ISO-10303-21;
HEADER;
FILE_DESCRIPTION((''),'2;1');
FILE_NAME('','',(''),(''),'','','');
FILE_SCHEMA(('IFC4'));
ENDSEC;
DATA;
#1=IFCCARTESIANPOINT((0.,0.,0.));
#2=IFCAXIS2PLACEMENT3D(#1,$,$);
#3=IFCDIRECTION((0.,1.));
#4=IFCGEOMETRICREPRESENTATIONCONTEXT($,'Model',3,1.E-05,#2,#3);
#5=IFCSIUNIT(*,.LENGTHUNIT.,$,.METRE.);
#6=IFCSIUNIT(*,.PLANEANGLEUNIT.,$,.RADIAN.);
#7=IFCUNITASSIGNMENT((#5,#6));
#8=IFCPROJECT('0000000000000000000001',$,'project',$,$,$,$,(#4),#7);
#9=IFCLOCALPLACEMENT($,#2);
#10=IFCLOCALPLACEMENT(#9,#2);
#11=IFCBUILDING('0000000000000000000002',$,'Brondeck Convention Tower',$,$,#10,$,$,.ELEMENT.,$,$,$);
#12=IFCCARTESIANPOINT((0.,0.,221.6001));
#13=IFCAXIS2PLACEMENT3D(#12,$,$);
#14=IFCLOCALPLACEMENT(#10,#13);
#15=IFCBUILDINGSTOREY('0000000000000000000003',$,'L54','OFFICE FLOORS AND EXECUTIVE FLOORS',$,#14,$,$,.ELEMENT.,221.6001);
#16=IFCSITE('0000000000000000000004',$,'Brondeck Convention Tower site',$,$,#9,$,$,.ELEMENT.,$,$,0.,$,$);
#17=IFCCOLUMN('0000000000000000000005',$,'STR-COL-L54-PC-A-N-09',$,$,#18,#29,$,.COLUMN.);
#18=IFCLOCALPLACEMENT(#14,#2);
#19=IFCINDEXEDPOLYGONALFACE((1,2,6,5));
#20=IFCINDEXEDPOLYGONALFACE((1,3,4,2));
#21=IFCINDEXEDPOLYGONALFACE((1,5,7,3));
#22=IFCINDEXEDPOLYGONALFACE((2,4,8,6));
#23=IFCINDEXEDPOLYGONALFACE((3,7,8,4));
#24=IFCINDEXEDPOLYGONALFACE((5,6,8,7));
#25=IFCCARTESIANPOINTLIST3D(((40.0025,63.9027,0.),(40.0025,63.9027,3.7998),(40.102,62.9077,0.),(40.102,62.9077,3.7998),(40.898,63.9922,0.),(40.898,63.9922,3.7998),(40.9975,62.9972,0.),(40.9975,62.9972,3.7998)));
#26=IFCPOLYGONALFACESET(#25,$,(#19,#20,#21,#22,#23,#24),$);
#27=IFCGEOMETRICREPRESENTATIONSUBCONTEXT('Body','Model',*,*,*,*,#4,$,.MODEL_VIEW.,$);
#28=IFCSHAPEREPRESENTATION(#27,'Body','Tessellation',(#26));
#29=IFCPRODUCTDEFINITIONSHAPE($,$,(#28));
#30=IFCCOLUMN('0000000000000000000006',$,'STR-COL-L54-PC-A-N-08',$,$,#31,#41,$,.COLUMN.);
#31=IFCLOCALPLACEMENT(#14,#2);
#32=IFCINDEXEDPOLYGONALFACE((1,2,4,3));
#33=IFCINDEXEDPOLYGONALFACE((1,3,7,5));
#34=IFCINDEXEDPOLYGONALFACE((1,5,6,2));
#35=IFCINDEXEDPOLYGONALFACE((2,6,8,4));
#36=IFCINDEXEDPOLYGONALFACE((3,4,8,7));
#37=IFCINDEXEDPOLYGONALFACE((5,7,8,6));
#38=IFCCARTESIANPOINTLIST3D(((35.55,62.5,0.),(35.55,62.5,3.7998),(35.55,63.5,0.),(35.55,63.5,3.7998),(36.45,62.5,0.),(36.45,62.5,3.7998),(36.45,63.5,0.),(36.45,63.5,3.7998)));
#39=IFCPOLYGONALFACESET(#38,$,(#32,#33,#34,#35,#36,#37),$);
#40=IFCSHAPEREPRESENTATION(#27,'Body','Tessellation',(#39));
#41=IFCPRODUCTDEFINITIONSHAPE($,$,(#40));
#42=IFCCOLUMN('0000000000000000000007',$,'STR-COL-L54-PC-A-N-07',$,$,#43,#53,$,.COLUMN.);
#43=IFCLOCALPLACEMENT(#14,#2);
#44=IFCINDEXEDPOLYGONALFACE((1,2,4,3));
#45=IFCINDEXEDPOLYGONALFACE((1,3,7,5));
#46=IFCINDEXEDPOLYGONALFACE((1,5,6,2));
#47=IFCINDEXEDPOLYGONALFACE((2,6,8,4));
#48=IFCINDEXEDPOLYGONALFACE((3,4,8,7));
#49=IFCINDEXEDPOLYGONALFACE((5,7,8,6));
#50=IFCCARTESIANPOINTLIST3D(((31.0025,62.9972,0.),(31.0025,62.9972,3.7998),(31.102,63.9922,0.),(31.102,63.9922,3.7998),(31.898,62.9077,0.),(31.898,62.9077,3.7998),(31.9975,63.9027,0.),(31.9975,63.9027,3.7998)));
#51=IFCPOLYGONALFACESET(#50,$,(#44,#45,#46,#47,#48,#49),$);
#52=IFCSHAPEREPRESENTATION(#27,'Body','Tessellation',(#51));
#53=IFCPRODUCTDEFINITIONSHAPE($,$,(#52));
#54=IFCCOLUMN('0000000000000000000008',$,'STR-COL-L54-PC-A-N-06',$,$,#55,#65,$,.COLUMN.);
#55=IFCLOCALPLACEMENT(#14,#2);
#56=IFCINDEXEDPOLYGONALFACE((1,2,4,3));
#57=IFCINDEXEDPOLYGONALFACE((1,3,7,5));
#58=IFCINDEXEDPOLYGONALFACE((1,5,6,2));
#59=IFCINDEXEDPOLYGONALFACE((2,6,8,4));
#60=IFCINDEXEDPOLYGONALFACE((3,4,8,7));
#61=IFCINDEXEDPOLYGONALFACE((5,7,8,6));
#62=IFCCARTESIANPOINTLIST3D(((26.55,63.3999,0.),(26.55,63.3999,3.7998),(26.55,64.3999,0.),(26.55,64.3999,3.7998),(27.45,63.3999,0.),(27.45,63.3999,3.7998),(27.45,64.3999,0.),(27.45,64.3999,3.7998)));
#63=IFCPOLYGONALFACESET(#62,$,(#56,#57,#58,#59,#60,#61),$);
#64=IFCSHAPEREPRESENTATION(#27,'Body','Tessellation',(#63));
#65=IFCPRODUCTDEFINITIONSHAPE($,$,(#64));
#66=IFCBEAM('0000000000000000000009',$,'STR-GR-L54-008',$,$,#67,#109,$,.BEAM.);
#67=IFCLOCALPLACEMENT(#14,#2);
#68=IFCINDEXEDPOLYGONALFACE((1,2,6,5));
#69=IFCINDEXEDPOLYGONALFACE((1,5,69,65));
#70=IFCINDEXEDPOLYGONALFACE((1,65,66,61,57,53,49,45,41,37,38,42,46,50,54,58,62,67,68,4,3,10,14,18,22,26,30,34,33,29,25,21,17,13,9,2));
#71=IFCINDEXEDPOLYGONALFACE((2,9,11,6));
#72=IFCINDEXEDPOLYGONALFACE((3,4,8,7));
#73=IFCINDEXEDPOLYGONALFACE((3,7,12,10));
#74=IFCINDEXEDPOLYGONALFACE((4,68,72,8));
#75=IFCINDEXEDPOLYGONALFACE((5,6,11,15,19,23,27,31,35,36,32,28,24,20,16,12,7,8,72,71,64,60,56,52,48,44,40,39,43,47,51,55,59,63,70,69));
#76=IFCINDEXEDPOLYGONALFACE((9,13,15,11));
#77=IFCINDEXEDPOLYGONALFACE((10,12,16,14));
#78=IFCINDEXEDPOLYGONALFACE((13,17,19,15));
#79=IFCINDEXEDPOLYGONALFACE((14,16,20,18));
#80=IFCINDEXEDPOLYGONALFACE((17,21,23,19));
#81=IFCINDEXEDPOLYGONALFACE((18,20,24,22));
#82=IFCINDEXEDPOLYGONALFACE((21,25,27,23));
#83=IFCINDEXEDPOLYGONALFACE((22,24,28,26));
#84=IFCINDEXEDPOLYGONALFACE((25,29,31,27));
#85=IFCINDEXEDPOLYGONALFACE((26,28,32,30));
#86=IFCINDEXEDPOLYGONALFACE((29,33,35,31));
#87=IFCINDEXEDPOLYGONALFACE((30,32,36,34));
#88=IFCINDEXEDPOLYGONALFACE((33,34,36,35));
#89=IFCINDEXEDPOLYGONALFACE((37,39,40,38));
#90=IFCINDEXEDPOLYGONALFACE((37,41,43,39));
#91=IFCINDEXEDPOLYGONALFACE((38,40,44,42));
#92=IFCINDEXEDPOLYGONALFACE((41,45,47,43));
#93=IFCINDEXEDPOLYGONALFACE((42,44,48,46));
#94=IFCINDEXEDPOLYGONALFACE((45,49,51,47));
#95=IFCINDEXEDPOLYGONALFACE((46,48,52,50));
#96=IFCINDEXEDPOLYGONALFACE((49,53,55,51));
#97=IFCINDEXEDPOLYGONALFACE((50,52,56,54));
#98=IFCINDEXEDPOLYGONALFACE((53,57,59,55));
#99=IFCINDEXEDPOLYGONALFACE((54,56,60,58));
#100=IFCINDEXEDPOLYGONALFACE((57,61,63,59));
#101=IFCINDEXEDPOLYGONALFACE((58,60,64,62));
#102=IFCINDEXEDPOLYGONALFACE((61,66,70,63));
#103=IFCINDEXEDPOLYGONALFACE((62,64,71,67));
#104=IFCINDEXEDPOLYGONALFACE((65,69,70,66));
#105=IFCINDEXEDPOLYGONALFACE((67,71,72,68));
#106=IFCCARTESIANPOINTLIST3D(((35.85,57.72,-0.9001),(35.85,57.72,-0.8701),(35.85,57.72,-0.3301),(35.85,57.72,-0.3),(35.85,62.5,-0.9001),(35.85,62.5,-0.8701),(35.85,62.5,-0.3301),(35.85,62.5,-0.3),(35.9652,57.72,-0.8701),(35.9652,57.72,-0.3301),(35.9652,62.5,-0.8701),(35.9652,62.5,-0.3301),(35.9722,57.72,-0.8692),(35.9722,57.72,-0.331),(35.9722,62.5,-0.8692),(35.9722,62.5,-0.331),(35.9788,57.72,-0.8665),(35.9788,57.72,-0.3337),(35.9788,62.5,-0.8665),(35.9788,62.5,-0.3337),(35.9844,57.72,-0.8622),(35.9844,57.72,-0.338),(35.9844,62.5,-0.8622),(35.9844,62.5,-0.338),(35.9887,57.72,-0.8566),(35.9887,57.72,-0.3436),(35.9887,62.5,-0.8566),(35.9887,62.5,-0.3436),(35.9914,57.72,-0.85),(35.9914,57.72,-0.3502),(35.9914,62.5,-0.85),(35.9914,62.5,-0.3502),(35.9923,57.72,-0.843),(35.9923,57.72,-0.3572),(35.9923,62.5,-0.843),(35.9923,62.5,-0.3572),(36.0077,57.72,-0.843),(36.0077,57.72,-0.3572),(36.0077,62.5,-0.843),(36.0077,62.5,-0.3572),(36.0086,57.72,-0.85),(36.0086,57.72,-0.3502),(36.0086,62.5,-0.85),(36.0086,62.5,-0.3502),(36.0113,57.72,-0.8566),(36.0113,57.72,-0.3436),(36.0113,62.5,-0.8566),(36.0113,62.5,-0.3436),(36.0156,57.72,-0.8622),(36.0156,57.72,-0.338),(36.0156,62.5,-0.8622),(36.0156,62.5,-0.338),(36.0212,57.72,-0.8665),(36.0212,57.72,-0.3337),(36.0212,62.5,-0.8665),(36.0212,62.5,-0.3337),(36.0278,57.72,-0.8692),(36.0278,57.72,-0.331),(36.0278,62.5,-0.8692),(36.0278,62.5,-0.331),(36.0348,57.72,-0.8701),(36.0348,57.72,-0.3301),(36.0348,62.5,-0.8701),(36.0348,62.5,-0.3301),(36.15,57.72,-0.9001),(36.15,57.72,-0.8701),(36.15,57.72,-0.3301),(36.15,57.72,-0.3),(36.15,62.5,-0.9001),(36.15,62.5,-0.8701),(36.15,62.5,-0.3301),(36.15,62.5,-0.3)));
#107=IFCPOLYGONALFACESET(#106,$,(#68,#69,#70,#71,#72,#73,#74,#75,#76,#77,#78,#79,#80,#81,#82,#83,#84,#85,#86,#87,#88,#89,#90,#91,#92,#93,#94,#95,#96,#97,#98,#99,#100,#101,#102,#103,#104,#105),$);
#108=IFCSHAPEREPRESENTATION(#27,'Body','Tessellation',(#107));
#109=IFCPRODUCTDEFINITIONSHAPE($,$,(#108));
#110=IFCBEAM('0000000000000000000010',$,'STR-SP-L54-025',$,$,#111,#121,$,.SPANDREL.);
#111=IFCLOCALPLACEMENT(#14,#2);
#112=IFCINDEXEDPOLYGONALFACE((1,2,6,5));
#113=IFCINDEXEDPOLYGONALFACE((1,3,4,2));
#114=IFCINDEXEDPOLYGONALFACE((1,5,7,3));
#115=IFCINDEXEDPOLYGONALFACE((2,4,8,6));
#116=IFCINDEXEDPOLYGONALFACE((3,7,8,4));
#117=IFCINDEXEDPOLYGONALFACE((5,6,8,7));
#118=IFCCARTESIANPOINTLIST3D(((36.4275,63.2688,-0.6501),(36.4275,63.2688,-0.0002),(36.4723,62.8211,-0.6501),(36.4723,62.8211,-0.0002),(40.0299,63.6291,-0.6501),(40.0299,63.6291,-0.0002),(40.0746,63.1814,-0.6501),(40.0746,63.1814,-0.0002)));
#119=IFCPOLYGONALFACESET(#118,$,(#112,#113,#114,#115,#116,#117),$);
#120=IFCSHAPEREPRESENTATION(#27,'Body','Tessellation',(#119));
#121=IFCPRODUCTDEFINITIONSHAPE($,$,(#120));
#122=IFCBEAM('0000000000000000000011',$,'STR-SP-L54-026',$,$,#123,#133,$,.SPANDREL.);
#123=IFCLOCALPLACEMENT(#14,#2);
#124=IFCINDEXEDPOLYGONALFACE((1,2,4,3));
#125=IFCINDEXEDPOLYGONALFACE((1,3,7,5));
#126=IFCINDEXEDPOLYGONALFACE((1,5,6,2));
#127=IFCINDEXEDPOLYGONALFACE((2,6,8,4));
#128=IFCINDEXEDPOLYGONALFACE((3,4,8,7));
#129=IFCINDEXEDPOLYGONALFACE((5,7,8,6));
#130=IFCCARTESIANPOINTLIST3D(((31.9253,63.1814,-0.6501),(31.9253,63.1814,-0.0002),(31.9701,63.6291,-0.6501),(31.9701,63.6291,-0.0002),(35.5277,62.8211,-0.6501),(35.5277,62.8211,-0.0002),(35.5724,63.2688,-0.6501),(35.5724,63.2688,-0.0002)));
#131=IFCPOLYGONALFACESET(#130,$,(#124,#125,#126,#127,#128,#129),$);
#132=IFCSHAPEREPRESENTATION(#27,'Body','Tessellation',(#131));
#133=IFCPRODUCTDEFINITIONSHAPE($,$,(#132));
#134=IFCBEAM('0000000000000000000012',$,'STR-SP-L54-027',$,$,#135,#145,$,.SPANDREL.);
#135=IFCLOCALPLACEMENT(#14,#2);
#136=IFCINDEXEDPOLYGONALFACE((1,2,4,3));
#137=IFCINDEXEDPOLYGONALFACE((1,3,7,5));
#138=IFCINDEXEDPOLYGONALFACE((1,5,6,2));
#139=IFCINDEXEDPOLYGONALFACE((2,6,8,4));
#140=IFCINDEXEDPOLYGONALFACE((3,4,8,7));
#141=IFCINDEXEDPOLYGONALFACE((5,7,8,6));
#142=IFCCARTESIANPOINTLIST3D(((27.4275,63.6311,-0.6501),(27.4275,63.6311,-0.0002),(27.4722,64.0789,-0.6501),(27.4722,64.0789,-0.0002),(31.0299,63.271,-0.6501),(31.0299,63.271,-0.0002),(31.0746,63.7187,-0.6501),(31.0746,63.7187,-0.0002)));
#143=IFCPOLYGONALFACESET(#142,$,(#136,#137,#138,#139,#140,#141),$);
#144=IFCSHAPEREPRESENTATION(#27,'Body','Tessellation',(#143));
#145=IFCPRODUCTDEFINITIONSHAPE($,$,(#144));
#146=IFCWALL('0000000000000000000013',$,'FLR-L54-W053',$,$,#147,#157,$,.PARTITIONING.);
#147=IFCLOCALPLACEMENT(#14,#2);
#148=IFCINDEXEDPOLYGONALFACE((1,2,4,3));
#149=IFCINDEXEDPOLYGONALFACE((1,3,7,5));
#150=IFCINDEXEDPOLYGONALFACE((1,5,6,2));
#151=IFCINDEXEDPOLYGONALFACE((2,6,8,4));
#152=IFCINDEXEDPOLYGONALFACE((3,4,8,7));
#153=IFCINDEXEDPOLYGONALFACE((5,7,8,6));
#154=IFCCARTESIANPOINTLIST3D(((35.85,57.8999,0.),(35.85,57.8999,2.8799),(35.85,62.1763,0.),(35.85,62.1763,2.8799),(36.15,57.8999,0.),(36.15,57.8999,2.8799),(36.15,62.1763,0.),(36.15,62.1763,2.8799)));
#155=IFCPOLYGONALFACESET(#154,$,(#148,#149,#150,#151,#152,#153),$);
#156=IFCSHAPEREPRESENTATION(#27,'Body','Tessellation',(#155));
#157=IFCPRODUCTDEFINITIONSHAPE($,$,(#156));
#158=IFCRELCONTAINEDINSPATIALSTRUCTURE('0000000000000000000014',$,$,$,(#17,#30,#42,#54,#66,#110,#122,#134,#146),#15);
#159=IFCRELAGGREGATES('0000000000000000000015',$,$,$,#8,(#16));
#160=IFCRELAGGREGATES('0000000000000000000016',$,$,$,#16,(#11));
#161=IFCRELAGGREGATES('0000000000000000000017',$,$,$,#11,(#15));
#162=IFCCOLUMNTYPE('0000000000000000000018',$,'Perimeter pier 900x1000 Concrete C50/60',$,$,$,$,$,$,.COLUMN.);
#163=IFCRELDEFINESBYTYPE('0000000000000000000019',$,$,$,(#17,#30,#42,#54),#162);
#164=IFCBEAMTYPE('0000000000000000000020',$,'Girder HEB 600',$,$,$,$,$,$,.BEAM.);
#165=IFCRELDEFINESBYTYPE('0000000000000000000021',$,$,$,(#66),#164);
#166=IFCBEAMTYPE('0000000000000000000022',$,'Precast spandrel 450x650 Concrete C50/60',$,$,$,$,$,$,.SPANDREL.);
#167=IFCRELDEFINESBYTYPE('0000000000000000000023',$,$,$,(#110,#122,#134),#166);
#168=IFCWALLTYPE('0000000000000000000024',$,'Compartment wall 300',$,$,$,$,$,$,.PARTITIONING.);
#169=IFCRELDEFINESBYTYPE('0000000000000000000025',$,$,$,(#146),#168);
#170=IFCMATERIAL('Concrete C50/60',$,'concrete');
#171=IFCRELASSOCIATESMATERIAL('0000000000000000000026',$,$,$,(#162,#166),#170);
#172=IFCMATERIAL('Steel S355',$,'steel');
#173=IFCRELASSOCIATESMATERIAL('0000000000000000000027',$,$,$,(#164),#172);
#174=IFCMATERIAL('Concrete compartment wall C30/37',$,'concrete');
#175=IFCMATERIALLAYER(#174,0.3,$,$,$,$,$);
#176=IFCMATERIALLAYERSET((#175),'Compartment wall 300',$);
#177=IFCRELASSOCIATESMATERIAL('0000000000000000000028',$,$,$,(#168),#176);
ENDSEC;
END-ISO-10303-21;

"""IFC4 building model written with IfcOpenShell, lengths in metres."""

from ifc_helpers import new_model, si_unit, direction, frame, frame_2d, origin, origin_2d, place, context, subcontext, project, spatial, rectangle, i_section, extrude, material, layer, layer_set, material_profile, profile_set, type_object, element, save


model = new_model("IFC4")

# Units and contexts
model_context = context("Model", 3, precision=1e-05, world=origin(), true_north=direction((0.0, 1.0)))
body_context = subcontext(model_context, "Body", "Model", "MODEL_VIEW")
ifc_project = project(units=[si_unit("LENGTHUNIT", "METRE"), si_unit("PLANEANGLEUNIT", "RADIAN")], contexts=[model_context])

# Site, building, storey
site_placement = place(None, origin())
site = spatial("IfcSite", under=ifc_project, at=site_placement, Name="Brondeck Convention Tower site", CompositionType="ELEMENT", RefElevation=0.0)
building_placement = place(site_placement, origin())
building = spatial("IfcBuilding", under=site, at=building_placement, Name="Brondeck Convention Tower", CompositionType="ELEMENT")
storey_placement = place(building_placement, frame((0.0, 0.0, 221.6001)))
storey = spatial("IfcBuildingStorey", under=building, at=storey_placement, Name="L54", Description="OFFICE FLOORS AND EXECUTIVE FLOORS", CompositionType="ELEMENT", Elevation=221.6001)

# Columns
ifc_material_1 = material(Name="Concrete C50/60", Category="concrete")
ifc_material_profile_1 = material_profile(ifc_material_1, rectangle(XDim=0.8999, YDim=1.0, at=origin_2d()), Name="Perimeter pier 900x1000 Concrete C50/60")
ifc_profile_set_1 = profile_set([ifc_material_profile_1], Name="Concrete C50/60")
column_type = type_object("IfcColumnType", Name="Perimeter pier 900x1000 Concrete C50/60", PredefinedType="COLUMN", material=ifc_profile_set_1)
for number, where, z_axis, x_axis, name in (
    (1, (40.5, 63.45, 0.0), (0.0, 0.0, 1.0), (-0.995037, -0.099504, 0.0), "STR-COL-L54-PC-A-N-09"),
    (2, (36.0, 63.0, 0.0), (0.0, 0.0, 1.0), (-1.0, 0.0, 0.0), "STR-COL-L54-PC-A-N-08"),
    (3, (31.5, 63.45, 0.0), (0.0, 0.0, 1.0), (-0.995037, 0.099504, 0.0), "STR-COL-L54-PC-A-N-07"),
    (4, (27.0, 63.8999, 0.0), (0.0, 0.0, 1.0), (-1.0, 0.0, 0.0), "STR-COL-L54-PC-A-N-06"),
):
    element("IfcColumn", number, at=place(storey_placement, frame(where, z_axis=z_axis, x_axis=x_axis)), inside=storey, type_object=column_type, Name=name, PredefinedType="COLUMN", context=body_context, shape_type="SweptSolid", body=[
        extrude(rectangle(XDim=0.8999, YDim=1.0, at=origin_2d()), origin(), (0.0, 0.0, 1.0), 3.7998),
    ])

# Beams
ifc_material_2 = material(Name="Steel S355", Category="steel")
ifc_material_profile_2 = material_profile(ifc_material_2, i_section(OverallWidth=0.3, OverallDepth=0.6001, WebThickness=0.0154, FlangeThickness=0.03, FilletRadius=0.0271, at=origin_2d()), Name="HEB 600")
ifc_profile_set_2 = profile_set([ifc_material_profile_2], Name="Steel S355")
beam_type_1 = type_object("IfcBeamType", Name="Girder HEB 600", PredefinedType="BEAM", material=ifc_profile_set_2)
beam_placement = place(storey_placement, frame((36.0, 57.72, -0.6001), z_axis=(0.0, 1.0, 0.0), x_axis=(-1.0, 0.0, 0.0)))
element("IfcBeam", 5, at=beam_placement, inside=storey, type_object=beam_type_1, Name="STR-GR-L54-008", PredefinedType="BEAM", context=body_context, shape_type="SweptSolid", body=[
    extrude(i_section(OverallWidth=0.3, OverallDepth=0.6001, WebThickness=0.0154, FlangeThickness=0.03, FilletRadius=0.0271, at=origin_2d()), origin(), (0.0, 0.0, 1.0), 4.78),
])
ifc_material_profile_3 = material_profile(ifc_material_1, rectangle(XDim=0.45, YDim=0.6499, at=origin_2d()), Name="Precast spandrel 450x650 Concrete C50/60")
ifc_profile_set_3 = profile_set([ifc_material_profile_3], Name="Concrete C50/60")
beam_type_2 = type_object("IfcBeamType", Name="Precast spandrel 450x650 Concrete C50/60", PredefinedType="SPANDREL", material=ifc_profile_set_3)
for number, where, z_axis, x_axis, name in (
    (6, (40.0522, 63.4053, -0.3252), (-0.995034, -0.099537, 0.0), (0.099537, -0.995034, 0.0), "STR-SP-L54-025"),
    (7, (35.55, 63.0449, -0.3252), (-0.995034, 0.099537, 0.0), (-0.099537, -0.995034, 0.0), "STR-SP-L54-026"),
    (8, (31.0522, 63.4949, -0.3252), (-0.995041, 0.09947, 0.0), (-0.09947, -0.995041, 0.0), "STR-SP-L54-027"),
):
    element("IfcBeam", number, at=place(storey_placement, frame(where, z_axis=z_axis, x_axis=x_axis)), inside=storey, type_object=beam_type_2, Name=name, PredefinedType="SPANDREL", context=body_context, shape_type="SweptSolid", body=[
        extrude(rectangle(XDim=0.45, YDim=0.6499, at=origin_2d()), origin(), (0.0, 0.0, 1.0), 3.6204),
    ])

# Wall
ifc_material_3 = material(Name="Concrete compartment wall C30/37", Category="concrete")
ifc_layer_1 = layer(ifc_material_3, 0.3)
ifc_layer_set_1 = layer_set([ifc_layer_1], Name="Compartment wall 300")
wall_type_1 = type_object("IfcWallType", Name="Compartment wall 300", PredefinedType="PARTITIONING", material=ifc_layer_set_1)
wall_1_placement = place(storey_placement, frame((36.0, 57.8999, 0.0), z_axis=(0.0, 0.0, 1.0), x_axis=(0.0, 1.0, 0.0)))
element("IfcWall", 9, at=wall_1_placement, inside=storey, type_object=wall_type_1, Name="FLR-L54-W053", PredefinedType="PARTITIONING", context=body_context, shape_type="SweptSolid", body=[
    extrude(rectangle(XDim=4.2764, YDim=0.3, at=frame_2d((2.1382, 0.0))), origin(), (0.0, 0.0, 1.0), 2.8799),
])

save(model, "model.ifc")
